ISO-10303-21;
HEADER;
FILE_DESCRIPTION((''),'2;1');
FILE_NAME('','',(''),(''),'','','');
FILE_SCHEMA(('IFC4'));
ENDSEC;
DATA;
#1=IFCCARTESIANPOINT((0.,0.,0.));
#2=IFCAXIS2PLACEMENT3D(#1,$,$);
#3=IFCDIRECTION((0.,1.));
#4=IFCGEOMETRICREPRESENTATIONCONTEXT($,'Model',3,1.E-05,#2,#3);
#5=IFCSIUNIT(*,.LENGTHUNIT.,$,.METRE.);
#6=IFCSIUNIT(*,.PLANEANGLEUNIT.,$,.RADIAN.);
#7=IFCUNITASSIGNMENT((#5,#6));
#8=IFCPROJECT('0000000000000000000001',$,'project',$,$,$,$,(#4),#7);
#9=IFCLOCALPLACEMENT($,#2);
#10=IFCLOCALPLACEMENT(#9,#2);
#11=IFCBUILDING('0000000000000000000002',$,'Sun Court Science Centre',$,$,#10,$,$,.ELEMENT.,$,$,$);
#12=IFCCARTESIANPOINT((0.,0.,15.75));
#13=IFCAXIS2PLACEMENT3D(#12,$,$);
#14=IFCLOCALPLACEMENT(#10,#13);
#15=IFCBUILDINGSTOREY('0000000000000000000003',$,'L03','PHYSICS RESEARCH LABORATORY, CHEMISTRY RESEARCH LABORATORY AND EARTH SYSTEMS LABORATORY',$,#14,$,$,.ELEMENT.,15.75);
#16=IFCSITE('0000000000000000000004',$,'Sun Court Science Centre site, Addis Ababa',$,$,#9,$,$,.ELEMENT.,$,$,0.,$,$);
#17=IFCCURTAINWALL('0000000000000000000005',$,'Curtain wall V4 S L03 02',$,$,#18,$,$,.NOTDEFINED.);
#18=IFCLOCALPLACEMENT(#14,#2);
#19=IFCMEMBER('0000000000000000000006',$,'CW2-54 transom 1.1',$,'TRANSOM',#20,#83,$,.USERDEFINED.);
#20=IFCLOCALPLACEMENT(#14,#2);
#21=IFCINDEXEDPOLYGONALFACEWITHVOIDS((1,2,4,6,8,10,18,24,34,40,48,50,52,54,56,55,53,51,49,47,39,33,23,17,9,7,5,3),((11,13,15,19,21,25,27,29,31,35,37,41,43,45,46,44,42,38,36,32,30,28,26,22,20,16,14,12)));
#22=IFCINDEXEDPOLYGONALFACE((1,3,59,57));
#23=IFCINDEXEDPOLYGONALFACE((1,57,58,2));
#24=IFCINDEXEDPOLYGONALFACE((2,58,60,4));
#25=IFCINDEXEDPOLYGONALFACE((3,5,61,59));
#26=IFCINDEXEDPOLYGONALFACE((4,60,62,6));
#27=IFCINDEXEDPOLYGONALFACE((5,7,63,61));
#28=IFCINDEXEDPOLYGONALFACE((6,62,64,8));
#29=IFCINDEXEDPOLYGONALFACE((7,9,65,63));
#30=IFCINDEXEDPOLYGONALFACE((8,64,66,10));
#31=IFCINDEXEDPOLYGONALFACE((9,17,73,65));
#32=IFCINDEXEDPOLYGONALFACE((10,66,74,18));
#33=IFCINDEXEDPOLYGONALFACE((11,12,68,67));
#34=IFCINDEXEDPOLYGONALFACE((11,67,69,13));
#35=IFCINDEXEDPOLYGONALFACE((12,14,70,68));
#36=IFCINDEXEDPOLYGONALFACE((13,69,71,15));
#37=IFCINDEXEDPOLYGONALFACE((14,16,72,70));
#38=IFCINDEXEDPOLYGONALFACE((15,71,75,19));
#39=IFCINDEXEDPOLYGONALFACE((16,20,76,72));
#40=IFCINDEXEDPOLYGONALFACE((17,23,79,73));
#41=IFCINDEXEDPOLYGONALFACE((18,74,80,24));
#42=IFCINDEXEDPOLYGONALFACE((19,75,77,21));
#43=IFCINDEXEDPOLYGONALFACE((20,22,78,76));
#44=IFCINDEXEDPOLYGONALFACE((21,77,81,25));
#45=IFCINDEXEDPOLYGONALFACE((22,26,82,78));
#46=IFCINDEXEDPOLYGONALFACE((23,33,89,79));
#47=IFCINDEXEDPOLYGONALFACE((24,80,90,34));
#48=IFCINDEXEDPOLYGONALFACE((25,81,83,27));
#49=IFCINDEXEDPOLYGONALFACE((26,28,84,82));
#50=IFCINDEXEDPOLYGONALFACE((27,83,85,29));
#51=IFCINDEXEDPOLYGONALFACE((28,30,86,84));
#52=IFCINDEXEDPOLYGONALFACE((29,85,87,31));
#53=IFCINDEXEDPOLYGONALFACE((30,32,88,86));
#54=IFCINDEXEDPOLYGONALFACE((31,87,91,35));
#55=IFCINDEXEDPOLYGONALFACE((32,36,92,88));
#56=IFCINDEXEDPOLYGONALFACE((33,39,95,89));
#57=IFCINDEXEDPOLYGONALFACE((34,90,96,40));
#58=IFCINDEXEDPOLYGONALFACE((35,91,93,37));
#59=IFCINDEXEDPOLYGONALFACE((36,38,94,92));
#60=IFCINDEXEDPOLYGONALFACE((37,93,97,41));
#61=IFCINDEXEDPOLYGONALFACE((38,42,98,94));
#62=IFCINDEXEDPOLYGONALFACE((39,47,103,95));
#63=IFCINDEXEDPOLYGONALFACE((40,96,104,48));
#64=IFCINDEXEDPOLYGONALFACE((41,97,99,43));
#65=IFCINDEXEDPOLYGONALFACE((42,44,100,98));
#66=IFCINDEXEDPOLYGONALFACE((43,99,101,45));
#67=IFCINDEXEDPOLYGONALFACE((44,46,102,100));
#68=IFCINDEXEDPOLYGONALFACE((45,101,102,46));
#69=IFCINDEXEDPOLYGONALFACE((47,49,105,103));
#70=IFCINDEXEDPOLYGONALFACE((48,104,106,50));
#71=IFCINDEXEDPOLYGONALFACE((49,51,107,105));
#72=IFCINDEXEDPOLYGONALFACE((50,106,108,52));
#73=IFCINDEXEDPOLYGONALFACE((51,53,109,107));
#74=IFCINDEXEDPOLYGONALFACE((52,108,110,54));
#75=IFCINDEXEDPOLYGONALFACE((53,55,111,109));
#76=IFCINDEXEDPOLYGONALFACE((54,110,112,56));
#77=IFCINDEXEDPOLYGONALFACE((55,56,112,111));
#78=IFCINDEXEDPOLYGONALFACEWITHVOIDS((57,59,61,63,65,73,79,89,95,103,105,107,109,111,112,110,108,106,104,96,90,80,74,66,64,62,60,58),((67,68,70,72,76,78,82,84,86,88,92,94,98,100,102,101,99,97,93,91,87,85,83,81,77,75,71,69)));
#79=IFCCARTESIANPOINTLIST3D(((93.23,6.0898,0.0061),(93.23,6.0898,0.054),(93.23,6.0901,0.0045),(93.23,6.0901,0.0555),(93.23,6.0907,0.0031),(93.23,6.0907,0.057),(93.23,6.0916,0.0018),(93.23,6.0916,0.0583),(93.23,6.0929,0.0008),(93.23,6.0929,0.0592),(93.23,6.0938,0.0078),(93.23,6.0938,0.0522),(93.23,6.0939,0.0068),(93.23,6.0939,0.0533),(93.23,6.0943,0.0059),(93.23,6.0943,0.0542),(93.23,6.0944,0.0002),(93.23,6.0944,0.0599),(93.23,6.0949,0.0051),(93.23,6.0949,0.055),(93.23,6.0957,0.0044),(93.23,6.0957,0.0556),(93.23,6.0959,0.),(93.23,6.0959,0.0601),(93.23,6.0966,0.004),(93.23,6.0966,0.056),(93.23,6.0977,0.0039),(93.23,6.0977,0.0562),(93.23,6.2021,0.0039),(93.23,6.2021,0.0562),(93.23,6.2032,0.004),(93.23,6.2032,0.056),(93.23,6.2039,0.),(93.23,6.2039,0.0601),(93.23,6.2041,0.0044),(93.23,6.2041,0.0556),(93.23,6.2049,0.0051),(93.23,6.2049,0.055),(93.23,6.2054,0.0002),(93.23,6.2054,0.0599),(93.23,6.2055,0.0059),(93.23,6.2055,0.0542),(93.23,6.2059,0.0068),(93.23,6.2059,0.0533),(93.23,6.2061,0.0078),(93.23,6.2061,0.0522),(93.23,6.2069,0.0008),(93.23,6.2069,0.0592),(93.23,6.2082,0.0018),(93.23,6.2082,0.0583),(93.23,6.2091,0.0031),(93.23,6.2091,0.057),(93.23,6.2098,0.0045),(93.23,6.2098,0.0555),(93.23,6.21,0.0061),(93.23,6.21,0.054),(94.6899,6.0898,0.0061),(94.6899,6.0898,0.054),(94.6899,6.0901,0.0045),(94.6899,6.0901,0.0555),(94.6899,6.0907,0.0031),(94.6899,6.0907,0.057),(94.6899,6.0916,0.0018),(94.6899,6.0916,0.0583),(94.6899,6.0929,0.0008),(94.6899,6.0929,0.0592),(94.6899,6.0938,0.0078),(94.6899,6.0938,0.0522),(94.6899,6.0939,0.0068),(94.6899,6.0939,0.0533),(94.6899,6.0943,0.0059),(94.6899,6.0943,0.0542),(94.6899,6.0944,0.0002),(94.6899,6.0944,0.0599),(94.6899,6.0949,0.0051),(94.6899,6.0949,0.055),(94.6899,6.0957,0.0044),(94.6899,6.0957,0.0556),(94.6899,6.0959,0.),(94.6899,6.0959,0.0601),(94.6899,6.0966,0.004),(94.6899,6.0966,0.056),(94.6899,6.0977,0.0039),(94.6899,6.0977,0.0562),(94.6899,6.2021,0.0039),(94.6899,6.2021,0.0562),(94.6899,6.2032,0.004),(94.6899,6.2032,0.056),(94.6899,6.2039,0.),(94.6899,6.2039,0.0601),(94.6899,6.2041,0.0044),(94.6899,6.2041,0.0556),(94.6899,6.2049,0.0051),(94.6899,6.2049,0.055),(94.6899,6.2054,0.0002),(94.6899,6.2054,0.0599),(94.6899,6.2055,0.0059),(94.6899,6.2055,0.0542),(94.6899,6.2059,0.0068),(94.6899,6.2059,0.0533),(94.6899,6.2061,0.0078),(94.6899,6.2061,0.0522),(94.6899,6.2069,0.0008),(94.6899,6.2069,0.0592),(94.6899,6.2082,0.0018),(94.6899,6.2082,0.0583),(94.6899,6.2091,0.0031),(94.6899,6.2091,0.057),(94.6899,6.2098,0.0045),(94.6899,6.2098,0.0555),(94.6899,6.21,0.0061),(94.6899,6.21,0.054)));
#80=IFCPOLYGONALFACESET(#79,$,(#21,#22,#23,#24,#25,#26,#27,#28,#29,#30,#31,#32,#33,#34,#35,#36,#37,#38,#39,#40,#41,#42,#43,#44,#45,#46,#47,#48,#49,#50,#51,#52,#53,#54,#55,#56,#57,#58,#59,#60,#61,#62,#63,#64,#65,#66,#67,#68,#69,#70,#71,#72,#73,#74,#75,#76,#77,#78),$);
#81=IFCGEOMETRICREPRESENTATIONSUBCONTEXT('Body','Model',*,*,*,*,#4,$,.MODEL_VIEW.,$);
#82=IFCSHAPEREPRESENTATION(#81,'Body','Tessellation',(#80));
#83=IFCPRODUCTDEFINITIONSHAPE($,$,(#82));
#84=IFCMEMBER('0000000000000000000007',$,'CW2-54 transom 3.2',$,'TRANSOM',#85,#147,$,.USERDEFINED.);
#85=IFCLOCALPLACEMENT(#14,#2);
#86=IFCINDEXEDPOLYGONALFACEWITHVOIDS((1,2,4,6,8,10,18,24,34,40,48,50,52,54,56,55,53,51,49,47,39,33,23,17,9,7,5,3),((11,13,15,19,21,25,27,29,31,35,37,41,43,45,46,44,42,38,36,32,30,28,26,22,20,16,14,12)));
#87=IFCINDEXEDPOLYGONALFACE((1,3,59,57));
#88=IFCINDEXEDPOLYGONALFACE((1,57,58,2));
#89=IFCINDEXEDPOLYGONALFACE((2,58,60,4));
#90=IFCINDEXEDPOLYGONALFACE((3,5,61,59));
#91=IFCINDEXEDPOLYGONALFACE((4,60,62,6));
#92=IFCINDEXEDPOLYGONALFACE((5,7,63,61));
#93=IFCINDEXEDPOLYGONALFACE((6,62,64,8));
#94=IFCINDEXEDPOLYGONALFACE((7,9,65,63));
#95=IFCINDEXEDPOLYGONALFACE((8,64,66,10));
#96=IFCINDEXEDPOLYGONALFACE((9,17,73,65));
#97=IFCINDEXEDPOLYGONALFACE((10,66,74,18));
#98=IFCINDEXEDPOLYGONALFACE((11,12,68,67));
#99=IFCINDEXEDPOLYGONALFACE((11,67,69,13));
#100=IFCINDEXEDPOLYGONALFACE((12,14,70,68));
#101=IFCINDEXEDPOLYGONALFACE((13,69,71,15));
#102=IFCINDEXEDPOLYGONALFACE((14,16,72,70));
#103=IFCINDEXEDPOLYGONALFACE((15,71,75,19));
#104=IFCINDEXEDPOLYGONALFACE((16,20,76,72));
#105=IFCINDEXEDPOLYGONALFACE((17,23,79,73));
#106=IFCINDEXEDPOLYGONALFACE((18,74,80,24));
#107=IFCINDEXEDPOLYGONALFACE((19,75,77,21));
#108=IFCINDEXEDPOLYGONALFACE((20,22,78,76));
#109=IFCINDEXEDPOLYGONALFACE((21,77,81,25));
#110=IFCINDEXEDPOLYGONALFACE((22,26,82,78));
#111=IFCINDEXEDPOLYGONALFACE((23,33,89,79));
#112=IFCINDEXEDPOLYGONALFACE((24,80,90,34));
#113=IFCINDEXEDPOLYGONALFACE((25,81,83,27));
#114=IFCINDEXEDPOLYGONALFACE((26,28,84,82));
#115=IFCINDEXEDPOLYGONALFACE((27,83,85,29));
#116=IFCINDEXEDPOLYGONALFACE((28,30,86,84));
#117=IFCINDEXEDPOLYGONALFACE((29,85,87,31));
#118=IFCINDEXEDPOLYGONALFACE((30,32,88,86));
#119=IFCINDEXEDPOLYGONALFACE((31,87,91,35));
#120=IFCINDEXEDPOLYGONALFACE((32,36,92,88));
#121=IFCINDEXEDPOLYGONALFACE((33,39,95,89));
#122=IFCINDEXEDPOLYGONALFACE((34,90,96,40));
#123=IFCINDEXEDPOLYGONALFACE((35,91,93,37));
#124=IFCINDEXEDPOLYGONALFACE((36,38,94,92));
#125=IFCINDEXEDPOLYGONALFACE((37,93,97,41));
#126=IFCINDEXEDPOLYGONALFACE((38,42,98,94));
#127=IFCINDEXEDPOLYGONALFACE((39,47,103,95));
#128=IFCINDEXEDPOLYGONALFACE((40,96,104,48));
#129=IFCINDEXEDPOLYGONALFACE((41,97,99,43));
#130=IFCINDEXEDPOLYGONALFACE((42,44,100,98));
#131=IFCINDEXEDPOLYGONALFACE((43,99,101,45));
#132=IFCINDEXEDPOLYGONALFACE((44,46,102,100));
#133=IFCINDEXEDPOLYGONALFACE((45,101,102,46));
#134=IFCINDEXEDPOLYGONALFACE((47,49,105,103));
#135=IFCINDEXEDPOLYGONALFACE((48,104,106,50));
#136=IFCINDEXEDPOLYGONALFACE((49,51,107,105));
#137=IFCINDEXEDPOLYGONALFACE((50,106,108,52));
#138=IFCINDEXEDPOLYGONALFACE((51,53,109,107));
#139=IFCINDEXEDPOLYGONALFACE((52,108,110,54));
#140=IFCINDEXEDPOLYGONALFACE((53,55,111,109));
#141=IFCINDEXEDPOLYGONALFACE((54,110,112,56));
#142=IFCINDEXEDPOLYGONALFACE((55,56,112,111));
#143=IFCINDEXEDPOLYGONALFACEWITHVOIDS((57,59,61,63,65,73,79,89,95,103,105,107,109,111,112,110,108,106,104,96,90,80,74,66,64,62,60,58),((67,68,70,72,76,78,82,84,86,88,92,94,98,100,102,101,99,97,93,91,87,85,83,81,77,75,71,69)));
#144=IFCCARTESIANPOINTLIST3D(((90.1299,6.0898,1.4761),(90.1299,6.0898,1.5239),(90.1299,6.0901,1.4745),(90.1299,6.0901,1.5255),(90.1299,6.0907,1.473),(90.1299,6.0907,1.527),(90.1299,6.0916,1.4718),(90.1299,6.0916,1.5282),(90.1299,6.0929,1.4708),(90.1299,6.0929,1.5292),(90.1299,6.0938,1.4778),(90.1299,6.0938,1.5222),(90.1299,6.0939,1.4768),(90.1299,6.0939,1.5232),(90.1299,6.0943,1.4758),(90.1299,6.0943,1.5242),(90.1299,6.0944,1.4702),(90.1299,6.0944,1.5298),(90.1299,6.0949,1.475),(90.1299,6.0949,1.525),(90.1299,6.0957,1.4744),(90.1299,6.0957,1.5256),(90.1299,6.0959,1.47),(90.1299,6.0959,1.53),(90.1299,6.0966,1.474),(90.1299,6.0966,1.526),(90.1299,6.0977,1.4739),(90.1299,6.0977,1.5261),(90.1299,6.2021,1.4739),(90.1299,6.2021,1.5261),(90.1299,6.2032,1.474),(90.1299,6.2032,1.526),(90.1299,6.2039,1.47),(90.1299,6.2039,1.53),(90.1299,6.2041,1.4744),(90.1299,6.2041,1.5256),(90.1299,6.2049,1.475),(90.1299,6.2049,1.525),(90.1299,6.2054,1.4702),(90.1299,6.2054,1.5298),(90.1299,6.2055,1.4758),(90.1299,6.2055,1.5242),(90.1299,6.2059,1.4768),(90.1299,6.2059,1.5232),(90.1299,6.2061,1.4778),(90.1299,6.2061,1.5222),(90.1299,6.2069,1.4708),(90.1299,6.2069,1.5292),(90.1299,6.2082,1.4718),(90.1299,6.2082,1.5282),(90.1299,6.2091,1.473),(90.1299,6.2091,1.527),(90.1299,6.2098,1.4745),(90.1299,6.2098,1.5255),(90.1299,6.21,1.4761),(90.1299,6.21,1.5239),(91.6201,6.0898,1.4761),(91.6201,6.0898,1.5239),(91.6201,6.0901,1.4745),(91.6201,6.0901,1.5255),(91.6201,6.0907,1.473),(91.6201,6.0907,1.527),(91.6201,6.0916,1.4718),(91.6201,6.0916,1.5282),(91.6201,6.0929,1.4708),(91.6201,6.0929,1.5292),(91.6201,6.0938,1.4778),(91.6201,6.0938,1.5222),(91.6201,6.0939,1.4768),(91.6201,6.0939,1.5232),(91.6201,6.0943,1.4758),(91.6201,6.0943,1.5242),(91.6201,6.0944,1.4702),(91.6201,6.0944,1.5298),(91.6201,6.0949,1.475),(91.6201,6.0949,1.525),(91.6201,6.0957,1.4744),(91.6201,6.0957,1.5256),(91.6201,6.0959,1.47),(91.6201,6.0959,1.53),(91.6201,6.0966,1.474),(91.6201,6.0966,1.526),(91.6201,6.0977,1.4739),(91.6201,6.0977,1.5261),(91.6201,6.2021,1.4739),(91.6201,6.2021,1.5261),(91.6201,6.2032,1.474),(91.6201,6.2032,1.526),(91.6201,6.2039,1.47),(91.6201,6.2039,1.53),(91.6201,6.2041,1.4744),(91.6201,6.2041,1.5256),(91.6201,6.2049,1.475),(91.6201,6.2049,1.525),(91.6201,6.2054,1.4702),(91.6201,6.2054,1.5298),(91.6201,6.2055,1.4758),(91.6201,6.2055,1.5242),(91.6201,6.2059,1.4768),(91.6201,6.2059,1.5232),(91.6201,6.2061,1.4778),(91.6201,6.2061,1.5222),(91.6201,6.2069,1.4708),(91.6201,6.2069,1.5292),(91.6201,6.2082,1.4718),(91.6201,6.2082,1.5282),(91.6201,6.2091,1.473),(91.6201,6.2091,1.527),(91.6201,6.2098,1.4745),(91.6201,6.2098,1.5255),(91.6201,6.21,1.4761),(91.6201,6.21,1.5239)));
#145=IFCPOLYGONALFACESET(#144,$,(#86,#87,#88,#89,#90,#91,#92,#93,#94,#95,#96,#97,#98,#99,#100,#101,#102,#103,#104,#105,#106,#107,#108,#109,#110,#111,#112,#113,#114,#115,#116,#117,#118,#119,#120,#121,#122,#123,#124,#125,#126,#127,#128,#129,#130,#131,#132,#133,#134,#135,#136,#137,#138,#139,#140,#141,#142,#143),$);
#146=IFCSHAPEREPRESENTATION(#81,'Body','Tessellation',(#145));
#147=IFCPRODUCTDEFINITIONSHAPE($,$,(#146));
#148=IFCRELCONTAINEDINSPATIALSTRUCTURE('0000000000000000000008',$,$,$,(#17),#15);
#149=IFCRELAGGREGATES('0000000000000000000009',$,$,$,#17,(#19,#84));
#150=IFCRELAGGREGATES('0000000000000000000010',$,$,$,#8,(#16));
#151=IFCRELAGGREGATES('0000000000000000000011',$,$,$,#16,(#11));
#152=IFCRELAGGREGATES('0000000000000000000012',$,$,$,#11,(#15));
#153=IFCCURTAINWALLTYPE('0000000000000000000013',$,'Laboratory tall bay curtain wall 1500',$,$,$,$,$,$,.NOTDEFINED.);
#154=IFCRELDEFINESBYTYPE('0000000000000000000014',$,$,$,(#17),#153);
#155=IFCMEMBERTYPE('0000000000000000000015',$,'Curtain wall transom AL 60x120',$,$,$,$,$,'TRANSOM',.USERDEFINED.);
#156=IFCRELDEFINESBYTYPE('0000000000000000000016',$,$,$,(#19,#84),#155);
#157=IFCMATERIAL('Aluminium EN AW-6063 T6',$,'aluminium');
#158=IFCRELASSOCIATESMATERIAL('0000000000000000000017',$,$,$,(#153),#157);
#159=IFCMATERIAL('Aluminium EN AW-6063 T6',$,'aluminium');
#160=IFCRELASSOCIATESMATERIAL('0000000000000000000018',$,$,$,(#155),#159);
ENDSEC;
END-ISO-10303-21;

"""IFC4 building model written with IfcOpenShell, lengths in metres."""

from ifc_helpers import new_model, si_unit, direction, frame, origin, origin_2d, place, context, subcontext, project, spatial, hollow_rectangle, extrude, material, material_profile, profile_set, type_object, element, aggregate, save


model = new_model("IFC4")

# Units and contexts
model_context = context("Model", 3, precision=1e-05, world=origin(), true_north=direction((0.0, 1.0)))
body_context = subcontext(model_context, "Body", "Model", "MODEL_VIEW")
ifc_project = project(units=[si_unit("LENGTHUNIT", "METRE"), si_unit("PLANEANGLEUNIT", "RADIAN")], contexts=[model_context])

# Site, building, storey
site_placement = place(None, origin())
site = spatial("IfcSite", under=ifc_project, at=site_placement, Name="Sun Court Science Centre site, Addis Ababa", CompositionType="ELEMENT", RefElevation=0.0)
building_placement = place(site_placement, origin())
building = spatial("IfcBuilding", under=site, at=building_placement, Name="Sun Court Science Centre", CompositionType="ELEMENT")
storey_placement = place(building_placement, frame((0.0, 0.0, 15.75)))
storey = spatial("IfcBuildingStorey", under=building, at=storey_placement, Name="L03", Description="PHYSICS RESEARCH LABORATORY, CHEMISTRY RESEARCH LABORATORY AND EARTH SYSTEMS LABORATORY", CompositionType="ELEMENT", Elevation=15.75)

# Curtain wall
ifc_material_1 = material(Name="Aluminium EN AW-6063 T6", Category="aluminium")
curtain_wall_type = type_object("IfcCurtainWallType", Name="Laboratory tall bay curtain wall 1500", PredefinedType="NOTDEFINED", material=ifc_material_1)
curtain_wall_1_placement = place(storey_placement, origin())
curtain_wall_1 = element("IfcCurtainWall", 1, at=curtain_wall_1_placement, inside=storey, type_object=curtain_wall_type, Name="Curtain wall V4 S L03 02", PredefinedType="NOTDEFINED")

# Members
ifc_material_2 = material(Name="Aluminium EN AW-6063 T6", Category="aluminium")
ifc_material_profile_1 = material_profile(ifc_material_2, hollow_rectangle(XDim=0.0601, YDim=0.1201, WallThickness=0.0039, InnerFilletRadius=0.0039, OuterFilletRadius=0.0061, at=origin_2d()), Name="AL 60x120x4")
ifc_profile_set_1 = profile_set([ifc_material_profile_1], Name="Aluminium EN AW-6063 T6")
member_type_1 = type_object("IfcMemberType", Name="Curtain wall transom AL 60x120", ElementType="TRANSOM", PredefinedType="USERDEFINED", material=ifc_profile_set_1)
member_1_placement = place(storey_placement, frame((94.6899, 6.1499, 0.03), z_axis=(-1.0, 0.0, 0.0), x_axis=(0.0, 0.0, 1.0)))
member_1 = element("IfcMember", 2, at=member_1_placement, type_object=member_type_1, Name="CW2-54 transom 1.1", ObjectType="TRANSOM", PredefinedType="USERDEFINED", context=body_context, shape_type="SweptSolid", body=[
    extrude(hollow_rectangle(XDim=0.0601, YDim=0.1201, WallThickness=0.0039, InnerFilletRadius=0.0039, OuterFilletRadius=0.0061, at=origin_2d()), origin(), (0.0, 0.0, 1.0), 1.46),
])
member_2_placement = place(storey_placement, frame((91.6201, 6.1499, 1.5), z_axis=(-1.0, 0.0, 0.0), x_axis=(0.0, 0.0, 1.0)))
member_2 = element("IfcMember", 3, at=member_2_placement, type_object=member_type_1, Name="CW2-54 transom 3.2", ObjectType="TRANSOM", PredefinedType="USERDEFINED", context=body_context, shape_type="SweptSolid", body=[
    extrude(hollow_rectangle(XDim=0.0601, YDim=0.1201, WallThickness=0.0039, InnerFilletRadius=0.0039, OuterFilletRadius=0.0061, at=origin_2d()), origin(), (0.0, 0.0, 1.0), 1.4902),
])

aggregate(curtain_wall_1, [member_1, member_2])

save(model, "model.ifc")
